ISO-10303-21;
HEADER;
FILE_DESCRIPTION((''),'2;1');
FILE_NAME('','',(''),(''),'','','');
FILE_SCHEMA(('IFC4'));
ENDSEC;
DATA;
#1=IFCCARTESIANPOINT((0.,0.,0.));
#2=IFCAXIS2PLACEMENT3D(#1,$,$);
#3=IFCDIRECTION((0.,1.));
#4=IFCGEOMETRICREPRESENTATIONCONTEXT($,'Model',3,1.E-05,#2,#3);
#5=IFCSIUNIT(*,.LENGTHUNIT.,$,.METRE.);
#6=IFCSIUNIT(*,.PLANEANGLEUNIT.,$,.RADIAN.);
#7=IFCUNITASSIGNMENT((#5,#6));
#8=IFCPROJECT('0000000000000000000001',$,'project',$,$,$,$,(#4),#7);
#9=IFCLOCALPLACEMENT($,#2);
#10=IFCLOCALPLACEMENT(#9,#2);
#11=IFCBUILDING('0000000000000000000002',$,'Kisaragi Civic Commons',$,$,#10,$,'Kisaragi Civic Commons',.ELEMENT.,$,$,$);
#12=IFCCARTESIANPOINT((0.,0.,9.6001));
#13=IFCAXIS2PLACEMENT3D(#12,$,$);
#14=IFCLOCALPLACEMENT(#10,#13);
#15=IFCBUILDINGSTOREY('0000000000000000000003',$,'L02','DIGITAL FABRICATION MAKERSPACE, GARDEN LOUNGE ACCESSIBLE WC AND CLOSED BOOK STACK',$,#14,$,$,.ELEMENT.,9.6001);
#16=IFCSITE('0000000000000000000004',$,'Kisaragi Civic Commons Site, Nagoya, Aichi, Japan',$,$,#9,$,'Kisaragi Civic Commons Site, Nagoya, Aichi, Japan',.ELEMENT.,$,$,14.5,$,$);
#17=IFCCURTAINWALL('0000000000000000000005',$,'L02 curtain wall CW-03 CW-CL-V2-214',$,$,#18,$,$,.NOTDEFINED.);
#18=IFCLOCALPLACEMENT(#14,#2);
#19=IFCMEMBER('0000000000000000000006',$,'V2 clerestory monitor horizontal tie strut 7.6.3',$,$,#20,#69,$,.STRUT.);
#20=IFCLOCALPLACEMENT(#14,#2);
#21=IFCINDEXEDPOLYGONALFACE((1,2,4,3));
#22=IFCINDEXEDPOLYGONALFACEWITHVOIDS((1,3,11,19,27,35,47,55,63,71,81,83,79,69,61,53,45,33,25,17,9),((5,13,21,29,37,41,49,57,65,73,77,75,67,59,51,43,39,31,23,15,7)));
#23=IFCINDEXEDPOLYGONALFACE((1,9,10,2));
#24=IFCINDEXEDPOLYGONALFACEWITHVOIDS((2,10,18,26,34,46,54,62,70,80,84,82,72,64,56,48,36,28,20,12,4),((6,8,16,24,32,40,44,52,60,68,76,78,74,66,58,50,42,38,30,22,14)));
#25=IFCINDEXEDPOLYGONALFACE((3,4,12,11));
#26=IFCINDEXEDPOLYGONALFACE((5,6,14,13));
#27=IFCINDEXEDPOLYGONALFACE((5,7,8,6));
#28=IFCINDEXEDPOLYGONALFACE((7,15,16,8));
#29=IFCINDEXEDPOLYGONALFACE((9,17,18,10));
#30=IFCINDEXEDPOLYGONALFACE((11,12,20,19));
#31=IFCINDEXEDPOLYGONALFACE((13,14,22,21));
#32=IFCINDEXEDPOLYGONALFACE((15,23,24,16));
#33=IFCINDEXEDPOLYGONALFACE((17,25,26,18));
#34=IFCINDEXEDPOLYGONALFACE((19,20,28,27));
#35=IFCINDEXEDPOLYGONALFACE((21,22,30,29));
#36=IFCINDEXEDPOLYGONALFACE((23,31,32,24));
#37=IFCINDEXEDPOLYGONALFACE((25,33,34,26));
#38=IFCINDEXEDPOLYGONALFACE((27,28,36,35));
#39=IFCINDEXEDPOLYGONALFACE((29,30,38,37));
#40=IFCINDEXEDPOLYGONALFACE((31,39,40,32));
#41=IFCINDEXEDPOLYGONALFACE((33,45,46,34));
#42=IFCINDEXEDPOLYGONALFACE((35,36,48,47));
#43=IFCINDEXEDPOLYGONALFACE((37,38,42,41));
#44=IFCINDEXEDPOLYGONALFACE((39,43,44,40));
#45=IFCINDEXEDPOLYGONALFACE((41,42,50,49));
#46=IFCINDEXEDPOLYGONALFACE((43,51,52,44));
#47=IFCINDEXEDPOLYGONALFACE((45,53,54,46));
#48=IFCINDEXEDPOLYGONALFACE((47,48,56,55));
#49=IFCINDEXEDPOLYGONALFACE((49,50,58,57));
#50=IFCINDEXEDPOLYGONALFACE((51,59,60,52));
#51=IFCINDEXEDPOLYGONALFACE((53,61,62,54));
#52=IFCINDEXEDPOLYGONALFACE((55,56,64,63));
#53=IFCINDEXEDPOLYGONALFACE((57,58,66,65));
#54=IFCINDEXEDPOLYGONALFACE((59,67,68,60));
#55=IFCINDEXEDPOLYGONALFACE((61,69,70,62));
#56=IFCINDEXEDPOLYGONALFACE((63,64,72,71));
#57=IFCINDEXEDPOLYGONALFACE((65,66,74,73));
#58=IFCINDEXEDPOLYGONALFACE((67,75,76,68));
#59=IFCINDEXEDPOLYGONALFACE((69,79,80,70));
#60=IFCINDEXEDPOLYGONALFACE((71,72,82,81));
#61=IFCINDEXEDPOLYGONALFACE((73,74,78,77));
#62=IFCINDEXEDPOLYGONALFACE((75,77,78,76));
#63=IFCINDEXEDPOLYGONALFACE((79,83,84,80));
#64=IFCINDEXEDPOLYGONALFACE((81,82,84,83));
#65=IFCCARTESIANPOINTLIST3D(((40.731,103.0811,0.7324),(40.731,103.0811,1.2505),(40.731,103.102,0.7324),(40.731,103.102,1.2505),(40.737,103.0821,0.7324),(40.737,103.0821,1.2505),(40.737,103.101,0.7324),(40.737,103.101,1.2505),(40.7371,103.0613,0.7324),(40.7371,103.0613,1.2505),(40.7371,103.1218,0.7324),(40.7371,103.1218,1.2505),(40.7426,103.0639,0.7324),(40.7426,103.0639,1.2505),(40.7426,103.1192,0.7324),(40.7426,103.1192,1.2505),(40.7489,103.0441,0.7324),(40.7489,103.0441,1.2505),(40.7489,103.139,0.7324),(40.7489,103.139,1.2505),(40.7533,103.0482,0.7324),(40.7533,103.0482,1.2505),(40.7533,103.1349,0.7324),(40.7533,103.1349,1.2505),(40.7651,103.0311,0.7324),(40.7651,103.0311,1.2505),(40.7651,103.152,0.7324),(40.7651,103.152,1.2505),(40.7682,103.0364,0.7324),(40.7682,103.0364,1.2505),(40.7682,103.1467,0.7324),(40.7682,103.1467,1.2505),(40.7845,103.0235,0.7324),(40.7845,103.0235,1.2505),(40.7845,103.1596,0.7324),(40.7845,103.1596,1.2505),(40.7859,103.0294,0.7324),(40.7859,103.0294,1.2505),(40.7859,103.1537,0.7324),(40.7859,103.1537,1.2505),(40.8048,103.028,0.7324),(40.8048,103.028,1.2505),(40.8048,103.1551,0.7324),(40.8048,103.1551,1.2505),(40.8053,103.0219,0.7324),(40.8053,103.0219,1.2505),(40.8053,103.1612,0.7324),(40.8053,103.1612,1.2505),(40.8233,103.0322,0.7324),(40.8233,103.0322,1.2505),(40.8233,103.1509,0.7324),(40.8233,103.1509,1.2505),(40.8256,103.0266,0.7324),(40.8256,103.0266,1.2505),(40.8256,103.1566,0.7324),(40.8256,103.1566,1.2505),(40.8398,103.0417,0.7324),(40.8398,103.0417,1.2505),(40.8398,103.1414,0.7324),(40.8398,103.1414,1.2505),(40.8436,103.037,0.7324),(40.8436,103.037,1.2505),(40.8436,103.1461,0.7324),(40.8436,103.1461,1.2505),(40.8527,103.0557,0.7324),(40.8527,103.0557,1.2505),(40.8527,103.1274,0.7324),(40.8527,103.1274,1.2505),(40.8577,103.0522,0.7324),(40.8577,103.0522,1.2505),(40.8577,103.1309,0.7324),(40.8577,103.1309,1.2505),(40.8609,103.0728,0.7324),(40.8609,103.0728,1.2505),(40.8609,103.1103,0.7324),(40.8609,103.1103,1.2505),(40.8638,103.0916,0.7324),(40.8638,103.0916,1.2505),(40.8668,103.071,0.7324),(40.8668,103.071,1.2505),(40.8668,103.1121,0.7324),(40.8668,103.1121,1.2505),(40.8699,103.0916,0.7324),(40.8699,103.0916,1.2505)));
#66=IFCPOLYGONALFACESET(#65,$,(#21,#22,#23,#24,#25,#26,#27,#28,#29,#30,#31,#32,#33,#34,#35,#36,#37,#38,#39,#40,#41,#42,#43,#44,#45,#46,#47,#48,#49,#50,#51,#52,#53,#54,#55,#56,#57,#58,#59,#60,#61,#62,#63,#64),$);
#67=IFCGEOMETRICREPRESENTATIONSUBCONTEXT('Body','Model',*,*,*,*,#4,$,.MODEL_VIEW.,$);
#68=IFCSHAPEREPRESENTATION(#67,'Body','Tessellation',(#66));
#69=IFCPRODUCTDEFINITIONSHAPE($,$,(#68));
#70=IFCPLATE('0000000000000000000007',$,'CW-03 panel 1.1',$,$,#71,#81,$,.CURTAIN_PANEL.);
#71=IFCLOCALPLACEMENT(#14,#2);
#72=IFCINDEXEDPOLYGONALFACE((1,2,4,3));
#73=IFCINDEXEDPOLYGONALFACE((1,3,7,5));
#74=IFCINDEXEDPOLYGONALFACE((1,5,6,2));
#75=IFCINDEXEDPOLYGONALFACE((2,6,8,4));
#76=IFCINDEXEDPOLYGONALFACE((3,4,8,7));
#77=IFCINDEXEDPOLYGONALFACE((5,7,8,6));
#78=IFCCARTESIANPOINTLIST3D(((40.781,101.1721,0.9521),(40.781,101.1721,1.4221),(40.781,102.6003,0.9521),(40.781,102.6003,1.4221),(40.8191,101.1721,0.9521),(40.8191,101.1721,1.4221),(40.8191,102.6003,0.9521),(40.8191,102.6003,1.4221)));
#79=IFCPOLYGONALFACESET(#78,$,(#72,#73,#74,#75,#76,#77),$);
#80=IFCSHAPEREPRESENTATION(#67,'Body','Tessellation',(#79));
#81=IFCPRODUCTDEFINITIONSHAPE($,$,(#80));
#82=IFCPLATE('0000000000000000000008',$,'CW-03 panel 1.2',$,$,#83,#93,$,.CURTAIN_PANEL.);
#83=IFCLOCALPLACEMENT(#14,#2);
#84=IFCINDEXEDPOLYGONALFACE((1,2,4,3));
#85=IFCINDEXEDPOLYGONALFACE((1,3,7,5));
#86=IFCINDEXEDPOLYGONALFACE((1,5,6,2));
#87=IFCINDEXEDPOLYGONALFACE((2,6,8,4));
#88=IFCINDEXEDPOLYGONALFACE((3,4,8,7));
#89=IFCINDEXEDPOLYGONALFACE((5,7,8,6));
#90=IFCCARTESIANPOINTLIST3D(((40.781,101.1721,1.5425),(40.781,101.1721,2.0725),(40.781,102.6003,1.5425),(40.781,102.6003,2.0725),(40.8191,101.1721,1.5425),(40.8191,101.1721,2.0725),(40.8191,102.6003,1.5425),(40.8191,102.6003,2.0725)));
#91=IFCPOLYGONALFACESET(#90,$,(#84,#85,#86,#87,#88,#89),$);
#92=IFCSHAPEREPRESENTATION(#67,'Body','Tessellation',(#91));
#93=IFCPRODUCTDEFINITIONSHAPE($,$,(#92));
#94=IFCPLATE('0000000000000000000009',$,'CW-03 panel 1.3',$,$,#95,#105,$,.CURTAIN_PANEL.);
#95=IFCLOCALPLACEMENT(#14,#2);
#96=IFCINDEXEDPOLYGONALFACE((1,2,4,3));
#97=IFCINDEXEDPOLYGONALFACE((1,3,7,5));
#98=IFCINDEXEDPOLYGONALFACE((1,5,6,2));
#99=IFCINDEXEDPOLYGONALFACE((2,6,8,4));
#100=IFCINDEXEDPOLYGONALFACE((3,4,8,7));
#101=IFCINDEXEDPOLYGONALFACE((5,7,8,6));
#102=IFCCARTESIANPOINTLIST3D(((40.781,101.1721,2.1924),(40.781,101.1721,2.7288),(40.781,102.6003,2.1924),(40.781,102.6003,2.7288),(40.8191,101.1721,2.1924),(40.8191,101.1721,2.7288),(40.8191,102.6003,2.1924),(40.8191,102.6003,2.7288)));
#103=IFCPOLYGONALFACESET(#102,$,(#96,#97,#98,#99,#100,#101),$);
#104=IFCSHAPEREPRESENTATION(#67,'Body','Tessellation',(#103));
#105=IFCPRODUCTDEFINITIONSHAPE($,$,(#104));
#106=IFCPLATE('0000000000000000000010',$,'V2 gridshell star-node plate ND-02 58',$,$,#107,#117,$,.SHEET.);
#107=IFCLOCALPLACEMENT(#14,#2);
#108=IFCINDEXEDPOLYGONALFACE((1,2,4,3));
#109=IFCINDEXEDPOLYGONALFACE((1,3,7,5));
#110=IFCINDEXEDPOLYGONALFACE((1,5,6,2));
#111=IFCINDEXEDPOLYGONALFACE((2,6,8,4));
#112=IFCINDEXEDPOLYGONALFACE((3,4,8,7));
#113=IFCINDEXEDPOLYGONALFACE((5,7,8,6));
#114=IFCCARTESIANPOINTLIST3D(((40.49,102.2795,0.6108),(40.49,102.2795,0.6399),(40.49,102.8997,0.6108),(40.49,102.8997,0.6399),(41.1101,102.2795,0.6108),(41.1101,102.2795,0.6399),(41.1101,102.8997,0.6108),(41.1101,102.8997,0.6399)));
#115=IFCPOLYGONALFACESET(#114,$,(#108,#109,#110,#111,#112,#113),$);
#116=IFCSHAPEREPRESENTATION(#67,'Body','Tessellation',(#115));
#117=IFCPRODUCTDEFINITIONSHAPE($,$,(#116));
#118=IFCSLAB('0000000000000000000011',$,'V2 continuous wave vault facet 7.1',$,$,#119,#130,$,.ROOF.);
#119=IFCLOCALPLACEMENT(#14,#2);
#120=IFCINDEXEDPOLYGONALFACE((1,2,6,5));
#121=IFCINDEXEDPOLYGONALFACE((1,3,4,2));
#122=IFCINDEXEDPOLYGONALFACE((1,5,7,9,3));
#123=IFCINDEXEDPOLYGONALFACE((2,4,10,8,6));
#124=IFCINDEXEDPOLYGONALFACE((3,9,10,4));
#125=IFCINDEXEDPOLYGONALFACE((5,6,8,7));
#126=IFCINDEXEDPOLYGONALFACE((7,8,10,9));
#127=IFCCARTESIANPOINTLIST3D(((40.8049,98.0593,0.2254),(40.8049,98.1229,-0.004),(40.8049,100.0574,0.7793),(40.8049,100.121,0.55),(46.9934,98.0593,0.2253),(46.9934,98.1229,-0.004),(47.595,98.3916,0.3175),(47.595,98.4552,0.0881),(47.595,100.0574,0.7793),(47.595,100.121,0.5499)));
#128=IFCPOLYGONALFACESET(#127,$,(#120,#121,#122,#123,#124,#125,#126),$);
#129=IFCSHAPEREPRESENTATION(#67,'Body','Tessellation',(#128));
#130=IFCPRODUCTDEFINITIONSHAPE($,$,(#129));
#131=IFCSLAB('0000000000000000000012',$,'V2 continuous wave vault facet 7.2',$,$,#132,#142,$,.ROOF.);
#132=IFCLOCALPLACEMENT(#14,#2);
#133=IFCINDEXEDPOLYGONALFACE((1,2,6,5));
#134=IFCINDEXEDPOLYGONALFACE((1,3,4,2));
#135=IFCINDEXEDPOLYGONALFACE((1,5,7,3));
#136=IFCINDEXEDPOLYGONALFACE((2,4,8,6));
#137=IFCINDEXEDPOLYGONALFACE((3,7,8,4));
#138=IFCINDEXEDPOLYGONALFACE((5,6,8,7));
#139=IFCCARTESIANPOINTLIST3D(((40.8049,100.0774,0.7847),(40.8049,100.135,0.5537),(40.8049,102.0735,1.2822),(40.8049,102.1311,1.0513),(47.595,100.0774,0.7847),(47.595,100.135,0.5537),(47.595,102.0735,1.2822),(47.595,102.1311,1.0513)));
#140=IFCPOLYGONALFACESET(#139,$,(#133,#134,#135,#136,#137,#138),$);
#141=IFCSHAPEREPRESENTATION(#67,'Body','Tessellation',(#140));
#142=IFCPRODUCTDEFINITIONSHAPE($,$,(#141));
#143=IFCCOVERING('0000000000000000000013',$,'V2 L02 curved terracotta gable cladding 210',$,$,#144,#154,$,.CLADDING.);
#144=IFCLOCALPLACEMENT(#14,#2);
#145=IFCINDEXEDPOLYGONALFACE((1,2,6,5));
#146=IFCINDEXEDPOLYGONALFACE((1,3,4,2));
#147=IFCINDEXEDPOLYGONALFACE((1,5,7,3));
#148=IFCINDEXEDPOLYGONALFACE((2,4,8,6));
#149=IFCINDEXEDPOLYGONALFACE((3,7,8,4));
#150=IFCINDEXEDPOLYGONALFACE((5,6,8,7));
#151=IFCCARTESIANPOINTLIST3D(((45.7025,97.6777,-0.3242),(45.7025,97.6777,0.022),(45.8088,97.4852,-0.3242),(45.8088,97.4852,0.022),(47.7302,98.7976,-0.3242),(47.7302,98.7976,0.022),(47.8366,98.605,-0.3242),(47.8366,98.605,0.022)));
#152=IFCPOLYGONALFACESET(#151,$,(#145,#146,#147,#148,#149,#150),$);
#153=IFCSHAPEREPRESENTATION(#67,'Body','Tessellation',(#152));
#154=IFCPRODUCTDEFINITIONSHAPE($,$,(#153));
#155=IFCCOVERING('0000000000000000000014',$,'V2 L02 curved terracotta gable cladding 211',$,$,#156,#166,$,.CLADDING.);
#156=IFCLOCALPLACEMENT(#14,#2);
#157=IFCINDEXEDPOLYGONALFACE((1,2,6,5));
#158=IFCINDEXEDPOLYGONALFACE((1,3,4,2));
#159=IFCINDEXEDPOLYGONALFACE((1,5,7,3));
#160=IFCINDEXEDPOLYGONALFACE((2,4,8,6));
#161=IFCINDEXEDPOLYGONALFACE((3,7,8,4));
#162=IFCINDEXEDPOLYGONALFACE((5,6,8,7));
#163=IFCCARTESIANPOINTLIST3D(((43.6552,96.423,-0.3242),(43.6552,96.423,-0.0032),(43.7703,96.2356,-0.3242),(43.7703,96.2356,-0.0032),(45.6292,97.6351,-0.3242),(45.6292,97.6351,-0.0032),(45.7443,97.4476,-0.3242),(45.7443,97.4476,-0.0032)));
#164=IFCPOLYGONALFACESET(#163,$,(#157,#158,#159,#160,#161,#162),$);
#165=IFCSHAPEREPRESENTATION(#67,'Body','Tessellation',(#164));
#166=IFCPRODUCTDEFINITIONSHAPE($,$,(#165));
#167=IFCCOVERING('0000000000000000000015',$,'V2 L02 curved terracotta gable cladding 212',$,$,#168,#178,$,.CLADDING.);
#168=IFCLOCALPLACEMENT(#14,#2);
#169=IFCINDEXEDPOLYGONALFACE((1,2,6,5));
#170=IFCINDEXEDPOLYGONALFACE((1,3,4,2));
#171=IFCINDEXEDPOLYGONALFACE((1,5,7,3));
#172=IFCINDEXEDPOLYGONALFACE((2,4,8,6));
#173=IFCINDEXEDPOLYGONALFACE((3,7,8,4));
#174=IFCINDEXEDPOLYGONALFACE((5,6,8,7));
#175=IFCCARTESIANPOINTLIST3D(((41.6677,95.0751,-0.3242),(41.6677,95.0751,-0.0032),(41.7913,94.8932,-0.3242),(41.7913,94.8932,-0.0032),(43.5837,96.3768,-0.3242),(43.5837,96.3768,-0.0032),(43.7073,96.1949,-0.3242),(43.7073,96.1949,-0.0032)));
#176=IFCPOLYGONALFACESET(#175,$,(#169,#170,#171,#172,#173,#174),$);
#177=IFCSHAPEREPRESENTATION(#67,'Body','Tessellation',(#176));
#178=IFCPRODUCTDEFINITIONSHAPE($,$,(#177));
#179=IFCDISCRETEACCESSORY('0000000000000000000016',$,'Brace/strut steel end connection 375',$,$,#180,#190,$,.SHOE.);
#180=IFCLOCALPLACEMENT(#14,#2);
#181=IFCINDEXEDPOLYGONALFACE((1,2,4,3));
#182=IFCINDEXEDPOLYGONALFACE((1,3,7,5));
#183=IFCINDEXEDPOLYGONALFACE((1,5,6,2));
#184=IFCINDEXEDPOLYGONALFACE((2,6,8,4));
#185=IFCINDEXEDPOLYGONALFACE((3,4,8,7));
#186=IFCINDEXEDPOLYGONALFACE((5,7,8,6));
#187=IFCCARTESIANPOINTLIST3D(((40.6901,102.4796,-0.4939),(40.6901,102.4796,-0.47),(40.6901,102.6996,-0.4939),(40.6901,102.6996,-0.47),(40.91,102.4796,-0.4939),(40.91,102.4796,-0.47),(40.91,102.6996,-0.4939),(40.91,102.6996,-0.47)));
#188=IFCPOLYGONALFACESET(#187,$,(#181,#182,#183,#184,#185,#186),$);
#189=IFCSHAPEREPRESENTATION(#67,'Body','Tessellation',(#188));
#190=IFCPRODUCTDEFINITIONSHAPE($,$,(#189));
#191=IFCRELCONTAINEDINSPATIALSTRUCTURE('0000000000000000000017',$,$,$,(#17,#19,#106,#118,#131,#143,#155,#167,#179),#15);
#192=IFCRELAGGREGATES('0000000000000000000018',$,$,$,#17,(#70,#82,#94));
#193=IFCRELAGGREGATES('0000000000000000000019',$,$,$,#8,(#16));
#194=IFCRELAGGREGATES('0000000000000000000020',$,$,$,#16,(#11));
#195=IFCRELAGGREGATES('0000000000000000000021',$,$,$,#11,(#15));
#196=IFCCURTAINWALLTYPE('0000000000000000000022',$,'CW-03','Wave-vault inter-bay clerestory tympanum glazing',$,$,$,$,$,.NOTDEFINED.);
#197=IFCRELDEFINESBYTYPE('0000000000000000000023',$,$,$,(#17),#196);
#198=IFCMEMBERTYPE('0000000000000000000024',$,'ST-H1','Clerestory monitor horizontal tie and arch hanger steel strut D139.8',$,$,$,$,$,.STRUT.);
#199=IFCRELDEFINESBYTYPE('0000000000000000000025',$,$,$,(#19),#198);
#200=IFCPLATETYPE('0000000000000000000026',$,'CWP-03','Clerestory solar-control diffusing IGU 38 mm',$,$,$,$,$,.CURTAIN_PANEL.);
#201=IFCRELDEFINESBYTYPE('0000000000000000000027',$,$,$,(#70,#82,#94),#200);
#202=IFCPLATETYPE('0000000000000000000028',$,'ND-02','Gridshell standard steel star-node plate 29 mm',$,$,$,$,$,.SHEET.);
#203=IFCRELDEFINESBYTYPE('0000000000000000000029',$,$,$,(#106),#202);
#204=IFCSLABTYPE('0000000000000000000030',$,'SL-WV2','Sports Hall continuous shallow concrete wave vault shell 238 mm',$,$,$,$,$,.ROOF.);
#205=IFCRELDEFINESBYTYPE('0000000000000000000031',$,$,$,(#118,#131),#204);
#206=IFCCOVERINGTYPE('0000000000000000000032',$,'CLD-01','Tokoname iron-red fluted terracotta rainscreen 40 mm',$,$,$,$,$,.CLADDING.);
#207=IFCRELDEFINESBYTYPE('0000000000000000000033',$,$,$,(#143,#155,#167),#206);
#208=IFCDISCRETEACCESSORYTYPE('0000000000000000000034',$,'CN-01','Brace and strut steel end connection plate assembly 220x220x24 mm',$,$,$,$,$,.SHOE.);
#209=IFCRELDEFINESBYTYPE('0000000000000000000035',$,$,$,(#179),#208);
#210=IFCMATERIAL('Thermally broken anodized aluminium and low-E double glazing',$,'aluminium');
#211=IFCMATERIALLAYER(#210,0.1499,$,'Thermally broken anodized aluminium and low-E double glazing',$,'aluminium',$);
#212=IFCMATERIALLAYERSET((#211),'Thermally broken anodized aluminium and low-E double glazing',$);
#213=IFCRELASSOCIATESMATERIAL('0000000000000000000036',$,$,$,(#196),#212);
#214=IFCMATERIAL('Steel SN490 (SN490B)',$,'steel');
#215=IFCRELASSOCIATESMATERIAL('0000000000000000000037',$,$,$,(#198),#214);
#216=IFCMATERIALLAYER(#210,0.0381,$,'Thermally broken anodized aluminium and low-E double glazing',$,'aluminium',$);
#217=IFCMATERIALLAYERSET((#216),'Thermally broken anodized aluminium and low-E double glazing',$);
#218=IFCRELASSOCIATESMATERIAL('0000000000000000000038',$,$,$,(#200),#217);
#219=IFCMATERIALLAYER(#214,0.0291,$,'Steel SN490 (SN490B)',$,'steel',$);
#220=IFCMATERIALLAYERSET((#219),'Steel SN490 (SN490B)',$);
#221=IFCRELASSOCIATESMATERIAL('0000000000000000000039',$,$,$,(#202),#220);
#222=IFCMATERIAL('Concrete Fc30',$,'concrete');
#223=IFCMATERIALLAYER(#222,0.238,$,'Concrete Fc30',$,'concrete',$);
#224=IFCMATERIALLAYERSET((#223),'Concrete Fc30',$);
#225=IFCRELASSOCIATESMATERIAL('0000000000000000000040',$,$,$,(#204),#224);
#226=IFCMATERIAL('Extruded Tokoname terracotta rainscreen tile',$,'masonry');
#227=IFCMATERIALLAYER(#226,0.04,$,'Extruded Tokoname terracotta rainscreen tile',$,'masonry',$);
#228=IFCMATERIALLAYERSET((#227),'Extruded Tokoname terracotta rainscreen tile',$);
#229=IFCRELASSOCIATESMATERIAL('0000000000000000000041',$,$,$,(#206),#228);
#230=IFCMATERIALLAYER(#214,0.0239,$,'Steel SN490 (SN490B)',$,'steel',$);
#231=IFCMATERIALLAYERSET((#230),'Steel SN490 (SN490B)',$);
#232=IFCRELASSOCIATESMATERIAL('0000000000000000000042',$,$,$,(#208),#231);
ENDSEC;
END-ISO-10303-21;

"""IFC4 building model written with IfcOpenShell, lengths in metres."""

from ifc_helpers import new_model, si_unit, direction, frame, origin, origin_2d, place, context, subcontext, project, spatial, polyline, rectangle, hollow_circle, outline, extrude, material, layer, layer_set, material_profile, profile_set, type_object, element, aggregate, save


model = new_model("IFC4")

# Units and contexts
model_context = context("Model", 3, precision=1e-05, world=origin(), true_north=direction((0.0, 1.0)))
body_context = subcontext(model_context, "Body", "Model", "MODEL_VIEW")
ifc_project = project(units=[si_unit("LENGTHUNIT", "METRE"), si_unit("PLANEANGLEUNIT", "RADIAN")], contexts=[model_context])

# Site, building, storey
site_placement = place(None, origin())
site = spatial("IfcSite", under=ifc_project, at=site_placement, Name="Kisaragi Civic Commons Site, Nagoya, Aichi, Japan", LongName="Kisaragi Civic Commons Site, Nagoya, Aichi, Japan", CompositionType="ELEMENT", RefElevation=14.5)
building_placement = place(site_placement, origin())
building = spatial("IfcBuilding", under=site, at=building_placement, Name="Kisaragi Civic Commons", LongName="Kisaragi Civic Commons", CompositionType="ELEMENT")
storey_placement = place(building_placement, frame((0.0, 0.0, 9.6001)))
storey = spatial("IfcBuildingStorey", under=building, at=storey_placement, Name="L02", Description="DIGITAL FABRICATION MAKERSPACE, GARDEN LOUNGE ACCESSIBLE WC AND CLOSED BOOK STACK", CompositionType="ELEMENT", Elevation=9.6001)

# Curtain wall
ifc_material_1 = material(Name="Thermally broken anodized aluminium and low-E double glazing", Category="aluminium")
ifc_layer_1 = layer(ifc_material_1, 0.1499, Name="Thermally broken anodized aluminium and low-E double glazing", Category="aluminium")
ifc_layer_set_1 = layer_set([ifc_layer_1], Name="Thermally broken anodized aluminium and low-E double glazing")
curtain_wall_type = type_object("IfcCurtainWallType", Name="CW-03", Description="Wave-vault inter-bay clerestory tympanum glazing", PredefinedType="NOTDEFINED", material=ifc_layer_set_1)
curtain_wall_placement = place(storey_placement, origin())
curtain_wall = element("IfcCurtainWall", 1, at=curtain_wall_placement, inside=storey, type_object=curtain_wall_type, Name="L02 curtain wall CW-03 CW-CL-V2-214", PredefinedType="NOTDEFINED")

# Member
ifc_material_2 = material(Name="Steel SN490 (SN490B)", Category="steel")
ifc_material_profile_1 = material_profile(ifc_material_2, hollow_circle(Radius=0.0698, WallThickness=0.0061, at=origin_2d()), Name="CHS-139.8x6.0", Category="steel")
ifc_profile_set_1 = profile_set([ifc_material_profile_1], Name="Steel SN490 (SN490B)")
member_type_1 = type_object("IfcMemberType", Name="ST-H1", Description="Clerestory monitor horizontal tie and arch hanger steel strut D139.8", PredefinedType="STRUT", material=ifc_profile_set_1)
member_1_placement = place(storey_placement, frame((40.8, 103.0916, 0.7324), z_axis=(0.0, 0.0, 1.0), x_axis=(1.0, 0.0, 0.0)))
element("IfcMember", 2, at=member_1_placement, inside=storey, type_object=member_type_1, Name="V2 clerestory monitor horizontal tie strut 7.6.3", PredefinedType="STRUT", context=body_context, shape_type="SweptSolid", body=[
    extrude(hollow_circle(Radius=0.0698, WallThickness=0.0061, at=origin_2d()), origin(), (0.0, 0.0, 1.0), 0.5181),
])

# Plates
ifc_layer_2 = layer(ifc_material_1, 0.0381, Name="Thermally broken anodized aluminium and low-E double glazing", Category="aluminium")
ifc_layer_set_2 = layer_set([ifc_layer_2], Name="Thermally broken anodized aluminium and low-E double glazing")
plate_type_1 = type_object("IfcPlateType", Name="CWP-03", Description="Clerestory solar-control diffusing IGU 38 mm", PredefinedType="CURTAIN_PANEL", material=ifc_layer_set_2)
plate_1_placement = place(storey_placement, frame((40.8, 101.8862, 0.9521), z_axis=(0.0, 0.0, 1.0), x_axis=(0.0, 1.0, 0.0)))
plate_1 = element("IfcPlate", 3, at=plate_1_placement, type_object=plate_type_1, Name="CW-03 panel 1.1", PredefinedType="CURTAIN_PANEL", context=body_context, shape_type="SweptSolid", body=[
    extrude(rectangle(XDim=1.4282, YDim=0.0381, at=origin_2d()), origin(), (0.0, 0.0, 1.0), 0.47),
])
plate_2_placement = place(storey_placement, frame((40.8, 101.8862, 1.5425), z_axis=(0.0, 0.0, 1.0), x_axis=(0.0, 1.0, 0.0)))
plate_2 = element("IfcPlate", 4, at=plate_2_placement, type_object=plate_type_1, Name="CW-03 panel 1.2", PredefinedType="CURTAIN_PANEL", context=body_context, shape_type="SweptSolid", body=[
    extrude(rectangle(XDim=1.4282, YDim=0.0381, at=origin_2d()), origin(), (0.0, 0.0, 1.0), 0.53),
])
plate_3_placement = place(storey_placement, frame((40.8, 101.8862, 2.1924), z_axis=(0.0, 0.0, 1.0), x_axis=(0.0, 1.0, 0.0)))
plate_3 = element("IfcPlate", 5, at=plate_3_placement, type_object=plate_type_1, Name="CW-03 panel 1.3", PredefinedType="CURTAIN_PANEL", context=body_context, shape_type="SweptSolid", body=[
    extrude(rectangle(XDim=1.4282, YDim=0.0381, at=origin_2d()), origin(), (0.0, 0.0, 1.0), 0.5364),
])
aggregate(curtain_wall, [plate_1, plate_2, plate_3])
ifc_layer_3 = layer(ifc_material_2, 0.0291, Name="Steel SN490 (SN490B)", Category="steel")
ifc_layer_set_3 = layer_set([ifc_layer_3], Name="Steel SN490 (SN490B)")
plate_type_2 = type_object("IfcPlateType", Name="ND-02", Description="Gridshell standard steel star-node plate 29 mm", PredefinedType="SHEET", material=ifc_layer_set_3)
plate_4_placement = place(storey_placement, frame((40.8, 102.5896, 0.6108), z_axis=(0.0, 0.0, 1.0), x_axis=(1.0, 0.0, 0.0)))
element("IfcPlate", 6, at=plate_4_placement, inside=storey, type_object=plate_type_2, Name="V2 gridshell star-node plate ND-02 58", PredefinedType="SHEET", context=body_context, shape_type="SweptSolid", body=[
    extrude(rectangle(XDim=0.6201, YDim=0.6201, at=origin_2d()), origin(), (0.0, 0.0, 1.0), 0.0291),
])

# Slabs
ifc_material_3 = material(Name="Concrete Fc30", Category="concrete")
ifc_layer_4 = layer(ifc_material_3, 0.238, Name="Concrete Fc30", Category="concrete")
ifc_layer_set_4 = layer_set([ifc_layer_4], Name="Concrete Fc30")
slab_type = type_object("IfcSlabType", Name="SL-WV2", Description="Sports Hall continuous shallow concrete wave vault shell 238 mm", PredefinedType="ROOF", material=ifc_layer_set_4)
slab_1_placement = place(storey_placement, frame((47.595, 100.0574, 0.7793), z_axis=(0.000006, -0.267172, 0.963649), x_axis=(-1.0, -0.000002, 0.000006)))
element("IfcSlab", 7, at=slab_1_placement, inside=storey, type_object=slab_type, Name="V2 continuous wave vault facet 7.1", PredefinedType="ROOF", context=body_context, shape_type="SweptSolid", body=[
    extrude(outline(polyline([(0.0, 0.0), (6.79, 0.0), (6.79, 2.0734), (0.6016, 2.0734), (0.0, 1.7286), (0.0, 0.0)])), origin(), (0.0, 0.0, -1.0), 0.238),
])
slab_2_placement = place(storey_placement, frame((47.595, 102.0735, 1.2822), z_axis=(0.0, -0.241865, 0.97031), x_axis=(-1.0, 0.0, 0.0)))
element("IfcSlab", 8, at=slab_2_placement, inside=storey, type_object=slab_type, Name="V2 continuous wave vault facet 7.2", PredefinedType="ROOF", context=body_context, shape_type="SweptSolid", body=[
    extrude(outline(polyline([(0.0, 0.0), (6.79, 0.0), (6.79, 2.0572), (0.0, 2.0572), (0.0, 0.0)])), origin(), (0.0, 0.0, -1.0), 0.238),
])

# Coverings
ifc_material_4 = material(Name="Extruded Tokoname terracotta rainscreen tile", Category="masonry")
ifc_layer_5 = layer(ifc_material_4, 0.04, Name="Extruded Tokoname terracotta rainscreen tile", Category="masonry")
ifc_layer_set_5 = layer_set([ifc_layer_5], Name="Extruded Tokoname terracotta rainscreen tile")
covering_type = type_object("IfcCoveringType", Name="CLD-01", Description="Tokoname iron-red fluted terracotta rainscreen 40 mm", PredefinedType="CLADDING", material=ifc_layer_set_5)
covering_placement = place(storey_placement, frame((46.7695, 98.1414, -0.3242), z_axis=(0.0, 0.0, 1.0), x_axis=(-0.87538, -0.483435, 0.0)))
element("IfcCovering", 9, at=covering_placement, inside=storey, type_object=covering_type, Name="V2 L02 curved terracotta gable cladding 210", PredefinedType="CLADDING", context=body_context, shape_type="SweptSolid", body=[
    extrude(rectangle(XDim=2.3164, YDim=0.22, at=origin_2d()), origin(), (0.0, 0.0, 1.0), 0.3462),
])
for number, where, z_axis, x_axis, name in (
    (10, (44.6997, 96.9353, -0.3242), (0.0, 0.0, 1.0), (-0.852184, -0.523242, 0.0), "V2 L02 curved terracotta gable cladding 211"),
    (11, (42.6875, 95.635, -0.3242), (0.0, 0.0, 1.0), (-0.827179, -0.561939, 0.0), "V2 L02 curved terracotta gable cladding 212"),
):
    element("IfcCovering", number, at=place(storey_placement, frame(where, z_axis=z_axis, x_axis=x_axis)), inside=storey, type_object=covering_type, Name=name, PredefinedType="CLADDING", context=body_context, shape_type="SweptSolid", body=[
        extrude(rectangle(XDim=2.3164, YDim=0.22, at=origin_2d()), origin(), (0.0, 0.0, 1.0), 0.321),
    ])

# Discrete accessory
ifc_layer_6 = layer(ifc_material_2, 0.0239, Name="Steel SN490 (SN490B)", Category="steel")
ifc_layer_set_6 = layer_set([ifc_layer_6], Name="Steel SN490 (SN490B)")
discrete_accessory_type = type_object("IfcDiscreteAccessoryType", Name="CN-01", Description="Brace and strut steel end connection plate assembly 220x220x24 mm", PredefinedType="SHOE", material=ifc_layer_set_6)
for number, where, z_axis, x_axis, name in (
    (12, (40.8, 102.5896, -0.4939), (0.0, 0.0, 1.0), (1.0, 0.0, 0.0), "Brace/strut steel end connection 375"),
):
    element("IfcDiscreteAccessory", number, at=place(storey_placement, frame(where, z_axis=z_axis, x_axis=x_axis)), inside=storey, type_object=discrete_accessory_type, Name=name, PredefinedType="SHOE", context=body_context, shape_type="SweptSolid", body=[
        extrude(rectangle(XDim=0.22, YDim=0.22, at=origin_2d()), origin(), (0.0, 0.0, 1.0), 0.0239),
    ])

save(model, "model.ifc")
